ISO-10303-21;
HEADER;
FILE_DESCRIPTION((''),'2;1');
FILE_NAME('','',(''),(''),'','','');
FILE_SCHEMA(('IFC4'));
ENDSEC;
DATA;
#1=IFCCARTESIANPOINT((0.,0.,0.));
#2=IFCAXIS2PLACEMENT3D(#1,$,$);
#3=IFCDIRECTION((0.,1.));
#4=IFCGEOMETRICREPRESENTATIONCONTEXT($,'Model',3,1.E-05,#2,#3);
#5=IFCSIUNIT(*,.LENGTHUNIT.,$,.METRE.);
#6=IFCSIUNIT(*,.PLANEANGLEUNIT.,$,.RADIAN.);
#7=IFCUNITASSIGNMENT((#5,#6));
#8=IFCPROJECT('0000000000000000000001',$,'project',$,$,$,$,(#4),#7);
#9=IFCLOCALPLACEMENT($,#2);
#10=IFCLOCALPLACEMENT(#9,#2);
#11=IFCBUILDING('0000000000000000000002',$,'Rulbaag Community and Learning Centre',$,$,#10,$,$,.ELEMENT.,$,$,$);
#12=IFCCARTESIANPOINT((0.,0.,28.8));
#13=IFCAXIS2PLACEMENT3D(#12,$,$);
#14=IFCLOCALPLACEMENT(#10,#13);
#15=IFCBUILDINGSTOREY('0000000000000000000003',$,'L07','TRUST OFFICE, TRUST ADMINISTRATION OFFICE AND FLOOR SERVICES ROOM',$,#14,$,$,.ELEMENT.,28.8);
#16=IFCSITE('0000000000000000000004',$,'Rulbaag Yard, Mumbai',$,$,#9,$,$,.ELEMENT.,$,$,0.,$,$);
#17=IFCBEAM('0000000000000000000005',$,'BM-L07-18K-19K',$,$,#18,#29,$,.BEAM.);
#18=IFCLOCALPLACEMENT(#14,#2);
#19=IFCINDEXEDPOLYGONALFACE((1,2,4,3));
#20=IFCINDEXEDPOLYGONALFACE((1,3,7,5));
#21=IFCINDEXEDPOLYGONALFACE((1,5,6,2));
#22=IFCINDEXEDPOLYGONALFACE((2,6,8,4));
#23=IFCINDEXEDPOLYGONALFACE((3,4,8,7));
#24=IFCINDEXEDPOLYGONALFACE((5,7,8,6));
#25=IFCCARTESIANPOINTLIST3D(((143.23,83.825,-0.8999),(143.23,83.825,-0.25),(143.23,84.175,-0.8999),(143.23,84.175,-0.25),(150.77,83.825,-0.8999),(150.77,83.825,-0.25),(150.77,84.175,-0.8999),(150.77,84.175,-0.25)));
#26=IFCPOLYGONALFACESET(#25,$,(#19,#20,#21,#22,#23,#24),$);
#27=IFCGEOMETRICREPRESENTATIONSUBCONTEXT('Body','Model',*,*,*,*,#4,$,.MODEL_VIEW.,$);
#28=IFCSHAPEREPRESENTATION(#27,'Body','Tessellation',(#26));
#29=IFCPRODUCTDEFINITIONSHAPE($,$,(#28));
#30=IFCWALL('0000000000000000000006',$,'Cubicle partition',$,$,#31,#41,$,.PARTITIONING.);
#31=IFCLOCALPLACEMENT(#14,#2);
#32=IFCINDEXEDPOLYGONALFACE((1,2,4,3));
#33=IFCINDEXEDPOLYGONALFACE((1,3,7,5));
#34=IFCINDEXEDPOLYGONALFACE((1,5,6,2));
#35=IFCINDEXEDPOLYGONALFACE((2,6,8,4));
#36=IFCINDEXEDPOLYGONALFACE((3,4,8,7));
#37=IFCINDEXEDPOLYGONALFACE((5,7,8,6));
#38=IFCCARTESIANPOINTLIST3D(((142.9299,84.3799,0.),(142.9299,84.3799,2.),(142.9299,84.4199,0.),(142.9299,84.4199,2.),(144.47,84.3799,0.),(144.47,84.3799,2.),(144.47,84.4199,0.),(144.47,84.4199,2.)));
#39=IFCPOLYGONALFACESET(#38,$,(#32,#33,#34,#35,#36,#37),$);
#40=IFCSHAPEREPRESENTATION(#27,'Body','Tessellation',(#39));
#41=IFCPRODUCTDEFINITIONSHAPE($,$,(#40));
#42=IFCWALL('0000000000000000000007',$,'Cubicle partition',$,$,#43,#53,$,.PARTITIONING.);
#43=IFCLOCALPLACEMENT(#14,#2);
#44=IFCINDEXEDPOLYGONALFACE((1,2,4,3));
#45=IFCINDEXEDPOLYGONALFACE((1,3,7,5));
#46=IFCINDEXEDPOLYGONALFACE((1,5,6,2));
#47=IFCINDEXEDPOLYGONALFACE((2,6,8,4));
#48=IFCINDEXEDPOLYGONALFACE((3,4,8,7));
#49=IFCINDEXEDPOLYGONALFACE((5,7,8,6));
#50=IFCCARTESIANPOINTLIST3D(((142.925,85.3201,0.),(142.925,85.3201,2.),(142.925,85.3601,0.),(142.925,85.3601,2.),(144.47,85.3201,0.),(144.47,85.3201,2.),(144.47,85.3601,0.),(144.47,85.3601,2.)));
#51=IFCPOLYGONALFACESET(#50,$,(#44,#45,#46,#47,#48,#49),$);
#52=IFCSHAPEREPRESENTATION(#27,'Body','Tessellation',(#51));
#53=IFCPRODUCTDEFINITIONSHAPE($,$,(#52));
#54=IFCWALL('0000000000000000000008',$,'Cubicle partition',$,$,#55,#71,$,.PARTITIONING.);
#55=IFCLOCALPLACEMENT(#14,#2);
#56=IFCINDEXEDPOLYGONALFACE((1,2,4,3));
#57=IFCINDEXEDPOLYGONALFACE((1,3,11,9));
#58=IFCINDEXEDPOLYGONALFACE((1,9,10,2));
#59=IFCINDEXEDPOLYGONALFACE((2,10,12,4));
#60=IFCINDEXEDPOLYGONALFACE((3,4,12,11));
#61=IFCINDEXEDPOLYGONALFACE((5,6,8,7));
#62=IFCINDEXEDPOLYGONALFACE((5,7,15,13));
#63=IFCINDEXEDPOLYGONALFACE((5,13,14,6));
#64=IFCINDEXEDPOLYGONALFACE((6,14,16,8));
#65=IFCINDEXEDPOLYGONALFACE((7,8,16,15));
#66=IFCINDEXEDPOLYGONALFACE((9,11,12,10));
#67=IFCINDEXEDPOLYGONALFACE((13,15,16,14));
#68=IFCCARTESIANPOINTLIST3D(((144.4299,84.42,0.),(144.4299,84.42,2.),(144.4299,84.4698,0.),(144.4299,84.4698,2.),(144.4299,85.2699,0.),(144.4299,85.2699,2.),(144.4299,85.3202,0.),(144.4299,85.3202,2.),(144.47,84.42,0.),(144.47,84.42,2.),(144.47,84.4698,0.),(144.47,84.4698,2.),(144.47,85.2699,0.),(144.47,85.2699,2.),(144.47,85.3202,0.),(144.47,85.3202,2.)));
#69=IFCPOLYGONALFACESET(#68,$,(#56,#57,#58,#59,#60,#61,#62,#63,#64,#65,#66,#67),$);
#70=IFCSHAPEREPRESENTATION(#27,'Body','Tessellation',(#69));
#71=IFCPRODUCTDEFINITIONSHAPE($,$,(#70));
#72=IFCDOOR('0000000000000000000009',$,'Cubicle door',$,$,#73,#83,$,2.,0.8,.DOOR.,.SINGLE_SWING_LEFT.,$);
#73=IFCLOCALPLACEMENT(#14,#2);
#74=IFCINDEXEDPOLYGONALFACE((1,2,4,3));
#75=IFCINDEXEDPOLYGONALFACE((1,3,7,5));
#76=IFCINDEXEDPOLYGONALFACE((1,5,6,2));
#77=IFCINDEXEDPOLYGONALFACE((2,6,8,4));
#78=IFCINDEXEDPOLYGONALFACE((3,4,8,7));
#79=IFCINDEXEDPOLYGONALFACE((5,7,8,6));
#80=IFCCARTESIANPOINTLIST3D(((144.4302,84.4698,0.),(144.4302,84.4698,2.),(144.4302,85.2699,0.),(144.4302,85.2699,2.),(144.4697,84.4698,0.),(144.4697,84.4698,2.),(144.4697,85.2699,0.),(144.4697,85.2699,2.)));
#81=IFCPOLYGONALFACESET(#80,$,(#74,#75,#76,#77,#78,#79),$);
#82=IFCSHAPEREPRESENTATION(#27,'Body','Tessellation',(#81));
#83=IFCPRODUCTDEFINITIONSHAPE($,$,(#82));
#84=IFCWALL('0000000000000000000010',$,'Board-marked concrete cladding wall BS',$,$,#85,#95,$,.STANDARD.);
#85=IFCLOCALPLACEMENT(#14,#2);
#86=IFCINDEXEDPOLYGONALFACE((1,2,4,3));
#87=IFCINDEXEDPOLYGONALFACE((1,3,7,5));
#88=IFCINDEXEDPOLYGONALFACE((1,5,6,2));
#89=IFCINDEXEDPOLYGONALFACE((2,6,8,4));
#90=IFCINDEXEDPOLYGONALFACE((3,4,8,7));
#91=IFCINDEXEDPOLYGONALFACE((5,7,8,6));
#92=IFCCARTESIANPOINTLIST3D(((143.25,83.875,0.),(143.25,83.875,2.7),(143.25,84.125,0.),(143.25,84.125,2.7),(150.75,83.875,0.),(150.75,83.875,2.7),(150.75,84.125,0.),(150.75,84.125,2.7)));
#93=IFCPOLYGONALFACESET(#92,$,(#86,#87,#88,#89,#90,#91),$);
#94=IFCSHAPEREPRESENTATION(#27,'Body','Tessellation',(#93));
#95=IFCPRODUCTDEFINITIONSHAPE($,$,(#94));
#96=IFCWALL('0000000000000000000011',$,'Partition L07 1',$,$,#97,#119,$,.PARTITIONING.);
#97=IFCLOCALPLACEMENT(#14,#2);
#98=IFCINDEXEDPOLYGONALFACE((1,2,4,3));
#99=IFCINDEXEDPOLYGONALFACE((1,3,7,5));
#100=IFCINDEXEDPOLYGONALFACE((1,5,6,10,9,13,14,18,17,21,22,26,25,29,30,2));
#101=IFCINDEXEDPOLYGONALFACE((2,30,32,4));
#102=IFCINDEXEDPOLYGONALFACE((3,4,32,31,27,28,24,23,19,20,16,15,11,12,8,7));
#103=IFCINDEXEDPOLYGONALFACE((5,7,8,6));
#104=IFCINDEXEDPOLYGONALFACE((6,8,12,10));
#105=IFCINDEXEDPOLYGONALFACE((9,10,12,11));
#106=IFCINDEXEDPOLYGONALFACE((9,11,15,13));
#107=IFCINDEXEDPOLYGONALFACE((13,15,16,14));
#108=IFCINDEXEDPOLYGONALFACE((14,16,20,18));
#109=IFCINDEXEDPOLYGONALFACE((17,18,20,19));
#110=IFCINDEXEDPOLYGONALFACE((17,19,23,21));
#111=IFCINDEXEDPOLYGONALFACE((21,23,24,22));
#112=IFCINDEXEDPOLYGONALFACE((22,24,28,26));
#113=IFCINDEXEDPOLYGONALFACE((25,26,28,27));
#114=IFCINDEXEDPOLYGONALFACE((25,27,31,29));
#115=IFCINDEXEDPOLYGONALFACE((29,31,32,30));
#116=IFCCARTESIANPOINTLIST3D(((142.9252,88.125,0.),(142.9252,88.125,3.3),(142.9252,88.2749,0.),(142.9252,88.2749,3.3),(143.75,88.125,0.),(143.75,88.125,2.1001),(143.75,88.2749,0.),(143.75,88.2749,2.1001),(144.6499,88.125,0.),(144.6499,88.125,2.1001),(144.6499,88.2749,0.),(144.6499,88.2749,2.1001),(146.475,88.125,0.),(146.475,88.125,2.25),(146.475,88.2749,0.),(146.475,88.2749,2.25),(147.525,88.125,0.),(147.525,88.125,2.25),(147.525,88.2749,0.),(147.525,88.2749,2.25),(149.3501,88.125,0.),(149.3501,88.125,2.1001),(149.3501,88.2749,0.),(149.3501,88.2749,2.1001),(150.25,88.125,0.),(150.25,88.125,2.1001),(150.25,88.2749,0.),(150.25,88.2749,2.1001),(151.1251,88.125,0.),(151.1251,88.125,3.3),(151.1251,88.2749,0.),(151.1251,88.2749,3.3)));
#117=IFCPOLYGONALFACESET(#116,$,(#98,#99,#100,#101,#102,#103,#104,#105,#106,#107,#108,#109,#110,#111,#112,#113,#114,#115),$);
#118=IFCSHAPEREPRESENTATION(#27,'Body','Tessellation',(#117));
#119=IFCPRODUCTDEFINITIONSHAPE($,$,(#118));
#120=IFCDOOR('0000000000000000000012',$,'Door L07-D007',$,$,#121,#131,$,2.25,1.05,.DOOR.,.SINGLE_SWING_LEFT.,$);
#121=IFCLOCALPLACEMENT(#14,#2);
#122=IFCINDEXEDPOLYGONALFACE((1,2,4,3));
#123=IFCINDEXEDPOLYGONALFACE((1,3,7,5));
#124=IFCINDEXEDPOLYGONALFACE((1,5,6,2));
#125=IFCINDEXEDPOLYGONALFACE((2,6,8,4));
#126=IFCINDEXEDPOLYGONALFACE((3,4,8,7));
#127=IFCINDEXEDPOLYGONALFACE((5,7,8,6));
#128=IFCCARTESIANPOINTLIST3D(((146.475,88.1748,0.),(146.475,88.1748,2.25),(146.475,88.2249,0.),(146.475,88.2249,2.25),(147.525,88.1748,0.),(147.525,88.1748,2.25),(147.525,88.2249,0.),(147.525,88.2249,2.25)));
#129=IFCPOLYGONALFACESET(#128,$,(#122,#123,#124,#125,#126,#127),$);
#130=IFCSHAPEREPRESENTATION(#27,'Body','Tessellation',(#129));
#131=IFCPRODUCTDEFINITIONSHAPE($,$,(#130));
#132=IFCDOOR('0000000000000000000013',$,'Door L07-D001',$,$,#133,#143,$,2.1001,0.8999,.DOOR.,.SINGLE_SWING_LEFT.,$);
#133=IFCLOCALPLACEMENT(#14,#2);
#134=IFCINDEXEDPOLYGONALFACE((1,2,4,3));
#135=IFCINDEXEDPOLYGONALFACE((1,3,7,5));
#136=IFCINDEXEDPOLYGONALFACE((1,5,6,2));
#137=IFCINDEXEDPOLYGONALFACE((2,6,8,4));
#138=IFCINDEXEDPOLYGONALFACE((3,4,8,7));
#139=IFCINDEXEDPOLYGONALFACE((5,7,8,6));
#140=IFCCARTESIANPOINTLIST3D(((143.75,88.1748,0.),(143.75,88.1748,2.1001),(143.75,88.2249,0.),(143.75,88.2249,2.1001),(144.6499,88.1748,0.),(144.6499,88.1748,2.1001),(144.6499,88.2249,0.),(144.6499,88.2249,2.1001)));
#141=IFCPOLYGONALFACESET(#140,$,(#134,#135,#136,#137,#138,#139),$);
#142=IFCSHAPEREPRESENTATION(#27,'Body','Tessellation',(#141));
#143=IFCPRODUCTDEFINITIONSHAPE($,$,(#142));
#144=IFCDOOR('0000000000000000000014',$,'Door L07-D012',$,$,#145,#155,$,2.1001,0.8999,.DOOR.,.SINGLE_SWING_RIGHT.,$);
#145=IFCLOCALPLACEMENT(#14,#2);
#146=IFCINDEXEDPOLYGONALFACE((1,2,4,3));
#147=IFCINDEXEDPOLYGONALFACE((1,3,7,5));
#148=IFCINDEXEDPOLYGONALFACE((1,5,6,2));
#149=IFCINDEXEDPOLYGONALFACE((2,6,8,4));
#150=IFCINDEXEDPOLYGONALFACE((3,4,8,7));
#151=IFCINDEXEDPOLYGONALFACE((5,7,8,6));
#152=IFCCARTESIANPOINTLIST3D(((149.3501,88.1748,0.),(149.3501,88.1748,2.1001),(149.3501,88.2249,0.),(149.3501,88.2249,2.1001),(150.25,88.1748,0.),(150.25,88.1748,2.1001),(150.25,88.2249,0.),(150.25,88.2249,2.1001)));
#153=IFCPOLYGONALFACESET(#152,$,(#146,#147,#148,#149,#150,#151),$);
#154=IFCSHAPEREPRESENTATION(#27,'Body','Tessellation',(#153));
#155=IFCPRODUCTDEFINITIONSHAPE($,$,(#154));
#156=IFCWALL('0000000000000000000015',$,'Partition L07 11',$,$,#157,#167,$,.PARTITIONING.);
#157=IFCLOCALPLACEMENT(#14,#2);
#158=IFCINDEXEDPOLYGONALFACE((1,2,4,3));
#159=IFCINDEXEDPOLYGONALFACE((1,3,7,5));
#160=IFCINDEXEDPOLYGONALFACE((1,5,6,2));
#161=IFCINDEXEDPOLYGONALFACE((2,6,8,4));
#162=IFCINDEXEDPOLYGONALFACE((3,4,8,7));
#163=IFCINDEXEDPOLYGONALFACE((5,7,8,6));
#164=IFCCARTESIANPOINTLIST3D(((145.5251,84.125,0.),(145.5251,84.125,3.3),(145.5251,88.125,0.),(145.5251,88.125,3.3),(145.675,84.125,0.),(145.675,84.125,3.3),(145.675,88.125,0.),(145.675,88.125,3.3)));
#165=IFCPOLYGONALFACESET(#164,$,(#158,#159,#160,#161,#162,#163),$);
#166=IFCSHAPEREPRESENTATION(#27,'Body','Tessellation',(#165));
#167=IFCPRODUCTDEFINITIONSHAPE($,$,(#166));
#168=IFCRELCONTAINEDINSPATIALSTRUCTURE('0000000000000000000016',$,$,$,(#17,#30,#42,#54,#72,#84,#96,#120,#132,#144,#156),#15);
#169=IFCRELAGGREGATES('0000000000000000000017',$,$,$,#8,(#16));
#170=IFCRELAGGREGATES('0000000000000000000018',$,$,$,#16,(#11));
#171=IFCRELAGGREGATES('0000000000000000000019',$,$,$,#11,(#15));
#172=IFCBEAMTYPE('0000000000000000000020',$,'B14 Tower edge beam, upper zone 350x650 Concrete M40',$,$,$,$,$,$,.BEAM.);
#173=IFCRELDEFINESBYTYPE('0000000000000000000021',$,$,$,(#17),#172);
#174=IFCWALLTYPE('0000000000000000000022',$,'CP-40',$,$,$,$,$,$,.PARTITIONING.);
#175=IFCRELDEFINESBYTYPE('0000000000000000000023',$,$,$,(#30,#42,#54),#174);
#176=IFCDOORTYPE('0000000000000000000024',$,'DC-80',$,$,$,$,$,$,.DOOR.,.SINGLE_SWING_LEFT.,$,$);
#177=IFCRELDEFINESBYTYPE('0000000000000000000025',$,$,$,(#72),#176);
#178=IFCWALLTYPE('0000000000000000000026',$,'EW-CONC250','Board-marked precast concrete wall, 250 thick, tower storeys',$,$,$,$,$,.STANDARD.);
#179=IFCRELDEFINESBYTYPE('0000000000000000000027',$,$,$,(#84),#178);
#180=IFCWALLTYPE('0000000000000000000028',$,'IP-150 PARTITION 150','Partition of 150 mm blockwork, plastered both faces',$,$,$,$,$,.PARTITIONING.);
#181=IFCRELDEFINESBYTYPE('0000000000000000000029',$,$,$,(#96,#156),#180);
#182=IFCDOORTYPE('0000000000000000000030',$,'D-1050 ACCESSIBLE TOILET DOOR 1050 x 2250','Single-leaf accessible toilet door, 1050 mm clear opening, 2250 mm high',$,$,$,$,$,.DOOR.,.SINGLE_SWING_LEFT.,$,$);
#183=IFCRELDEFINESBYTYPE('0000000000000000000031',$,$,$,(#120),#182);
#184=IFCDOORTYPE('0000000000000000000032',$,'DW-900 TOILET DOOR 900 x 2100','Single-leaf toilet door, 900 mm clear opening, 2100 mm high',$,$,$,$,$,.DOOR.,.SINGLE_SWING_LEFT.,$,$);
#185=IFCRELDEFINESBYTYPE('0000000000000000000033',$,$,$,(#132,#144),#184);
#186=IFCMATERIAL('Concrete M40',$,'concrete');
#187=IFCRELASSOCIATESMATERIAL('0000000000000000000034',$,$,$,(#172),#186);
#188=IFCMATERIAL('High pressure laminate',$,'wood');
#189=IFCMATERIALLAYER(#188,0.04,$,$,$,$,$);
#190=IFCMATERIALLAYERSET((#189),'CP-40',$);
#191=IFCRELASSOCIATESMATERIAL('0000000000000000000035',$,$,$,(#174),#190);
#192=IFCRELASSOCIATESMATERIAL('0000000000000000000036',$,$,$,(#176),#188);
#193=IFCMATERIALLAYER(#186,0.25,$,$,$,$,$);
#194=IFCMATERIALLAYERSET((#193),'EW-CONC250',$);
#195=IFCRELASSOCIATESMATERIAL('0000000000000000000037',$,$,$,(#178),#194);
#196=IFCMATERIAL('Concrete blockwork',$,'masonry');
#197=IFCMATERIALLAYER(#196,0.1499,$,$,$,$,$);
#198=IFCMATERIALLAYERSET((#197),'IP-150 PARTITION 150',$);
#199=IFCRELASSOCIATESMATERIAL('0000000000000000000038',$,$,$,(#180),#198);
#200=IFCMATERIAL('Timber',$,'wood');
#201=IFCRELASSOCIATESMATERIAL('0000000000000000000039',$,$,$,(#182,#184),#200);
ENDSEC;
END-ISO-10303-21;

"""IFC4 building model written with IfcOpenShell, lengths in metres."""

from ifc_helpers import new_model, si_unit, direction, frame, frame_2d, origin, origin_2d, place, context, subcontext, project, spatial, rectangle, extrude, material, layer, layer_set, material_profile, profile_set, type_object, element, fill, save


model = new_model("IFC4")

# Units and contexts
model_context = context("Model", 3, precision=1e-05, world=origin(), true_north=direction((0.0, 1.0)))
body_context = subcontext(model_context, "Body", "Model", "MODEL_VIEW")
ifc_project = project(units=[si_unit("LENGTHUNIT", "METRE"), si_unit("PLANEANGLEUNIT", "RADIAN")], contexts=[model_context])

# Site, building, storey
site_placement = place(None, origin())
site = spatial("IfcSite", under=ifc_project, at=site_placement, Name="Rulbaag Yard, Mumbai", CompositionType="ELEMENT", RefElevation=0.0)
building_placement = place(site_placement, origin())
building = spatial("IfcBuilding", under=site, at=building_placement, Name="Rulbaag Community and Learning Centre", CompositionType="ELEMENT")
storey_placement = place(building_placement, frame((0.0, 0.0, 28.8)))
storey = spatial("IfcBuildingStorey", under=building, at=storey_placement, Name="L07", Description="TRUST OFFICE, TRUST ADMINISTRATION OFFICE AND FLOOR SERVICES ROOM", CompositionType="ELEMENT", Elevation=28.8)

# Beam
ifc_material_1 = material(Name="Concrete M40", Category="concrete")
ifc_material_profile_1 = material_profile(ifc_material_1, rectangle(XDim=0.3501, YDim=0.6499, at=origin_2d()), Name="RB350x650")
ifc_profile_set_1 = profile_set([ifc_material_profile_1], Name="Concrete M40")
beam_type = type_object("IfcBeamType", Name="B14 Tower edge beam, upper zone 350x650 Concrete M40", PredefinedType="BEAM", material=ifc_profile_set_1)
beam_placement = place(storey_placement, frame((143.23, 84.0, -0.575), z_axis=(1.0, 0.0, 0.0), x_axis=(0.0, 1.0, 0.0)))
element("IfcBeam", 1, at=beam_placement, inside=storey, type_object=beam_type, Name="BM-L07-18K-19K", PredefinedType="BEAM", context=body_context, shape_type="SweptSolid", body=[
    extrude(rectangle(XDim=0.3501, YDim=0.6499, at=origin_2d()), origin(), (0.0, 0.0, 1.0), 7.54),
])

# Walls
ifc_material_2 = material(Name="High pressure laminate", Category="wood")
ifc_layer_1 = layer(ifc_material_2, 0.04)
ifc_layer_set_1 = layer_set([ifc_layer_1], Name="CP-40")
wall_type_1 = type_object("IfcWallType", Name="CP-40", PredefinedType="PARTITIONING", material=ifc_layer_set_1)
wall_1_placement = place(storey_placement, frame((142.9299, 84.3999, 0.0), z_axis=(0.0, 0.0, 1.0), x_axis=(1.0, 0.0, 0.0)))
element("IfcWall", 2, at=wall_1_placement, inside=storey, type_object=wall_type_1, Name="Cubicle partition", PredefinedType="PARTITIONING", context=body_context, shape_type="SweptSolid", body=[
    extrude(rectangle(XDim=1.54, YDim=0.04, at=frame_2d((0.77, 0.0))), origin(), (0.0, 0.0, 1.0), 2.0),
])
wall_2_placement = place(storey_placement, frame((142.925, 85.3401, 0.0), z_axis=(0.0, 0.0, 1.0), x_axis=(1.0, 0.0, 0.0)))
element("IfcWall", 3, at=wall_2_placement, inside=storey, type_object=wall_type_1, Name="Cubicle partition", PredefinedType="PARTITIONING", context=body_context, shape_type="SweptSolid", body=[
    extrude(rectangle(XDim=1.5449, YDim=0.04, at=frame_2d((0.7725, 0.0))), origin(), (0.0, 0.0, 1.0), 2.0),
])

# Wall, opening, door
wall_3_placement = place(storey_placement, frame((144.45, 84.4199, 0.0), z_axis=(0.0, 0.0, 1.0), x_axis=(0.0, 1.0, 0.0)))
wall_3 = element("IfcWall", 4, at=wall_3_placement, inside=storey, type_object=wall_type_1, Name="Cubicle partition", PredefinedType="PARTITIONING", context=body_context, shape_type="SweptSolid", body=[
    extrude(rectangle(XDim=0.9001, YDim=0.04, at=frame_2d((0.4502, 0.0))), origin(), (0.0, 0.0, 1.0), 2.0),
])
opening_1_placement = place(wall_3_placement, frame((0.05, 0.0, 0.0)))
opening_1 = element("IfcOpeningElement", 5, at=opening_1_placement, cuts=wall_3, PredefinedType="OPENING", context=body_context, shape_type="SweptSolid", body=[
    extrude(rectangle(XDim=0.8, YDim=2.0, at=frame_2d((0.3999, 1.0))), frame((0.0, 0.03, 0.0), z_axis=(0.0, -1.0, 0.0), x_axis=(1.0, 0.0, 0.0)), (0.0, 0.0, 1.0), 0.0601),
])
door_type_1 = type_object("IfcDoorType", Name="DC-80", OperationType="SINGLE_SWING_LEFT", PredefinedType="DOOR", material=ifc_material_2)
door_1_placement = place(opening_1_placement, origin())
door_1 = element("IfcDoor", 6, at=door_1_placement, inside=storey, type_object=door_type_1, Name="Cubicle door", OperationType="SINGLE_SWING_LEFT", OverallHeight=2.0, OverallWidth=0.8, PredefinedType="DOOR", context=body_context, shape_type="SweptSolid", body=[
    extrude(rectangle(XDim=0.8, YDim=2.0, at=frame_2d((0.3999, 1.0))), frame((0.0, 0.0198, 0.0), z_axis=(0.0, -1.0, 0.0), x_axis=(1.0, 0.0, 0.0)), (0.0, 0.0, 1.0), 0.0396),
])
fill(opening_1, door_1)

# Wall
ifc_layer_2 = layer(ifc_material_1, 0.25)
ifc_layer_set_2 = layer_set([ifc_layer_2], Name="EW-CONC250")
wall_type_2 = type_object("IfcWallType", Name="EW-CONC250", Description="Board-marked precast concrete wall, 250 thick, tower storeys", PredefinedType="STANDARD", material=ifc_layer_set_2)
wall_4_placement = place(storey_placement, frame((143.25, 84.0, 0.0), z_axis=(0.0, 0.0, 1.0), x_axis=(1.0, 0.0, 0.0)))
element("IfcWall", 7, at=wall_4_placement, inside=storey, type_object=wall_type_2, Name="Board-marked concrete cladding wall BS", PredefinedType="STANDARD", context=body_context, shape_type="SweptSolid", body=[
    extrude(rectangle(XDim=7.5, YDim=0.25, at=frame_2d((3.75, 0.0))), origin(), (0.0, 0.0, 1.0), 2.7),
])

# Wall, openings, doors
ifc_material_3 = material(Name="Concrete blockwork", Category="masonry")
ifc_layer_3 = layer(ifc_material_3, 0.1499)
ifc_layer_set_3 = layer_set([ifc_layer_3], Name="IP-150 PARTITION 150")
wall_type_3 = type_object("IfcWallType", Name="IP-150 PARTITION 150", Description="Partition of 150 mm blockwork, plastered both faces", PredefinedType="PARTITIONING", material=ifc_layer_set_3)
wall_5_placement = place(storey_placement, frame((142.925, 88.2, 0.0), z_axis=(0.0, 0.0, 1.0), x_axis=(1.0, 0.0, 0.0)))
wall_5 = element("IfcWall", 8, at=wall_5_placement, inside=storey, type_object=wall_type_3, Name="Partition L07 1", PredefinedType="PARTITIONING", context=body_context, shape_type="SweptSolid", body=[
    extrude(rectangle(XDim=8.2, YDim=0.1499, at=frame_2d((4.1001, 0.0))), origin(), (0.0, 0.0, 1.0), 3.3),
])
opening_2_placement = place(wall_5_placement, frame((0.825, 0.0, 0.0)))
opening_2 = element("IfcOpeningElement", 9, at=opening_2_placement, cuts=wall_5, PredefinedType="OPENING", context=body_context, shape_type="SweptSolid", body=[
    extrude(rectangle(XDim=0.8999, YDim=2.1001, at=frame_2d((0.45, 1.05))), frame((0.0, 0.085, 0.0), z_axis=(0.0, -1.0, 0.0), x_axis=(1.0, 0.0, 0.0)), (0.0, 0.0, 1.0), 0.1699),
])
opening_3_placement = place(wall_5_placement, frame((3.55, 0.0, 0.0)))
opening_3 = element("IfcOpeningElement", 10, at=opening_3_placement, cuts=wall_5, PredefinedType="OPENING", context=body_context, shape_type="SweptSolid", body=[
    extrude(rectangle(XDim=1.05, YDim=2.25, at=frame_2d((0.5249, 1.125))), frame((0.0, 0.085, 0.0), z_axis=(0.0, -1.0, 0.0), x_axis=(1.0, 0.0, 0.0)), (0.0, 0.0, 1.0), 0.1699),
])
opening_4_placement = place(wall_5_placement, frame((6.425, 0.0, 0.0)))
opening_4 = element("IfcOpeningElement", 11, at=opening_4_placement, cuts=wall_5, PredefinedType="OPENING", context=body_context, shape_type="SweptSolid", body=[
    extrude(rectangle(XDim=0.8999, YDim=2.1001, at=frame_2d((0.45, 1.05))), frame((0.0, 0.085, 0.0), z_axis=(0.0, -1.0, 0.0), x_axis=(1.0, 0.0, 0.0)), (0.0, 0.0, 1.0), 0.1699),
])
ifc_material_4 = material(Name="Timber", Category="wood")
door_type_2 = type_object("IfcDoorType", Name="D-1050 ACCESSIBLE TOILET DOOR 1050 x 2250", Description="Single-leaf accessible toilet door, 1050 mm clear opening, 2250 mm high", OperationType="SINGLE_SWING_LEFT", PredefinedType="DOOR", material=ifc_material_4)
door_2_placement = place(opening_3_placement, origin())
door_2 = element("IfcDoor", 12, at=door_2_placement, inside=storey, type_object=door_type_2, Name="Door L07-D007", OperationType="SINGLE_SWING_LEFT", OverallHeight=2.25, OverallWidth=1.05, PredefinedType="DOOR", context=body_context, shape_type="SweptSolid", body=[
    extrude(rectangle(XDim=1.05, YDim=2.25, at=frame_2d((0.5249, 1.125))), frame((0.0, 0.0249, 0.0), z_axis=(0.0, -1.0, 0.0), x_axis=(1.0, 0.0, 0.0)), (0.0, 0.0, 1.0), 0.05),
])
fill(opening_3, door_2)
door_type_3 = type_object("IfcDoorType", Name="DW-900 TOILET DOOR 900 x 2100", Description="Single-leaf toilet door, 900 mm clear opening, 2100 mm high", OperationType="SINGLE_SWING_LEFT", PredefinedType="DOOR", material=ifc_material_4)
door_3_placement = place(opening_2_placement, origin())
door_3 = element("IfcDoor", 13, at=door_3_placement, inside=storey, type_object=door_type_3, Name="Door L07-D001", OperationType="SINGLE_SWING_LEFT", OverallHeight=2.1001, OverallWidth=0.8999, PredefinedType="DOOR", context=body_context, shape_type="SweptSolid", body=[
    extrude(rectangle(XDim=0.8999, YDim=2.1001, at=frame_2d((0.45, 1.05))), frame((0.0, 0.0249, 0.0), z_axis=(0.0, -1.0, 0.0), x_axis=(1.0, 0.0, 0.0)), (0.0, 0.0, 1.0), 0.05),
])
fill(opening_2, door_3)
door_4_placement = place(opening_4_placement, origin())
door_4 = element("IfcDoor", 14, at=door_4_placement, inside=storey, type_object=door_type_3, Name="Door L07-D012", OperationType="SINGLE_SWING_RIGHT", OverallHeight=2.1001, OverallWidth=0.8999, PredefinedType="DOOR", context=body_context, shape_type="SweptSolid", body=[
    extrude(rectangle(XDim=0.8999, YDim=2.1001, at=frame_2d((0.45, 1.05))), frame((0.0, 0.0249, 0.0), z_axis=(0.0, -1.0, 0.0), x_axis=(1.0, 0.0, 0.0)), (0.0, 0.0, 1.0), 0.05),
])
fill(opening_4, door_4)

# Wall
wall_6_placement = place(storey_placement, frame((145.6001, 84.125, 0.0), z_axis=(0.0, 0.0, 1.0), x_axis=(0.0, 1.0, 0.0)))
element("IfcWall", 15, at=wall_6_placement, inside=storey, type_object=wall_type_3, Name="Partition L07 11", PredefinedType="PARTITIONING", context=body_context, shape_type="SweptSolid", body=[
    extrude(rectangle(XDim=4.0, YDim=0.1499, at=frame_2d((2.0, 0.0))), origin(), (0.0, 0.0, 1.0), 3.3),
])

save(model, "model.ifc")
